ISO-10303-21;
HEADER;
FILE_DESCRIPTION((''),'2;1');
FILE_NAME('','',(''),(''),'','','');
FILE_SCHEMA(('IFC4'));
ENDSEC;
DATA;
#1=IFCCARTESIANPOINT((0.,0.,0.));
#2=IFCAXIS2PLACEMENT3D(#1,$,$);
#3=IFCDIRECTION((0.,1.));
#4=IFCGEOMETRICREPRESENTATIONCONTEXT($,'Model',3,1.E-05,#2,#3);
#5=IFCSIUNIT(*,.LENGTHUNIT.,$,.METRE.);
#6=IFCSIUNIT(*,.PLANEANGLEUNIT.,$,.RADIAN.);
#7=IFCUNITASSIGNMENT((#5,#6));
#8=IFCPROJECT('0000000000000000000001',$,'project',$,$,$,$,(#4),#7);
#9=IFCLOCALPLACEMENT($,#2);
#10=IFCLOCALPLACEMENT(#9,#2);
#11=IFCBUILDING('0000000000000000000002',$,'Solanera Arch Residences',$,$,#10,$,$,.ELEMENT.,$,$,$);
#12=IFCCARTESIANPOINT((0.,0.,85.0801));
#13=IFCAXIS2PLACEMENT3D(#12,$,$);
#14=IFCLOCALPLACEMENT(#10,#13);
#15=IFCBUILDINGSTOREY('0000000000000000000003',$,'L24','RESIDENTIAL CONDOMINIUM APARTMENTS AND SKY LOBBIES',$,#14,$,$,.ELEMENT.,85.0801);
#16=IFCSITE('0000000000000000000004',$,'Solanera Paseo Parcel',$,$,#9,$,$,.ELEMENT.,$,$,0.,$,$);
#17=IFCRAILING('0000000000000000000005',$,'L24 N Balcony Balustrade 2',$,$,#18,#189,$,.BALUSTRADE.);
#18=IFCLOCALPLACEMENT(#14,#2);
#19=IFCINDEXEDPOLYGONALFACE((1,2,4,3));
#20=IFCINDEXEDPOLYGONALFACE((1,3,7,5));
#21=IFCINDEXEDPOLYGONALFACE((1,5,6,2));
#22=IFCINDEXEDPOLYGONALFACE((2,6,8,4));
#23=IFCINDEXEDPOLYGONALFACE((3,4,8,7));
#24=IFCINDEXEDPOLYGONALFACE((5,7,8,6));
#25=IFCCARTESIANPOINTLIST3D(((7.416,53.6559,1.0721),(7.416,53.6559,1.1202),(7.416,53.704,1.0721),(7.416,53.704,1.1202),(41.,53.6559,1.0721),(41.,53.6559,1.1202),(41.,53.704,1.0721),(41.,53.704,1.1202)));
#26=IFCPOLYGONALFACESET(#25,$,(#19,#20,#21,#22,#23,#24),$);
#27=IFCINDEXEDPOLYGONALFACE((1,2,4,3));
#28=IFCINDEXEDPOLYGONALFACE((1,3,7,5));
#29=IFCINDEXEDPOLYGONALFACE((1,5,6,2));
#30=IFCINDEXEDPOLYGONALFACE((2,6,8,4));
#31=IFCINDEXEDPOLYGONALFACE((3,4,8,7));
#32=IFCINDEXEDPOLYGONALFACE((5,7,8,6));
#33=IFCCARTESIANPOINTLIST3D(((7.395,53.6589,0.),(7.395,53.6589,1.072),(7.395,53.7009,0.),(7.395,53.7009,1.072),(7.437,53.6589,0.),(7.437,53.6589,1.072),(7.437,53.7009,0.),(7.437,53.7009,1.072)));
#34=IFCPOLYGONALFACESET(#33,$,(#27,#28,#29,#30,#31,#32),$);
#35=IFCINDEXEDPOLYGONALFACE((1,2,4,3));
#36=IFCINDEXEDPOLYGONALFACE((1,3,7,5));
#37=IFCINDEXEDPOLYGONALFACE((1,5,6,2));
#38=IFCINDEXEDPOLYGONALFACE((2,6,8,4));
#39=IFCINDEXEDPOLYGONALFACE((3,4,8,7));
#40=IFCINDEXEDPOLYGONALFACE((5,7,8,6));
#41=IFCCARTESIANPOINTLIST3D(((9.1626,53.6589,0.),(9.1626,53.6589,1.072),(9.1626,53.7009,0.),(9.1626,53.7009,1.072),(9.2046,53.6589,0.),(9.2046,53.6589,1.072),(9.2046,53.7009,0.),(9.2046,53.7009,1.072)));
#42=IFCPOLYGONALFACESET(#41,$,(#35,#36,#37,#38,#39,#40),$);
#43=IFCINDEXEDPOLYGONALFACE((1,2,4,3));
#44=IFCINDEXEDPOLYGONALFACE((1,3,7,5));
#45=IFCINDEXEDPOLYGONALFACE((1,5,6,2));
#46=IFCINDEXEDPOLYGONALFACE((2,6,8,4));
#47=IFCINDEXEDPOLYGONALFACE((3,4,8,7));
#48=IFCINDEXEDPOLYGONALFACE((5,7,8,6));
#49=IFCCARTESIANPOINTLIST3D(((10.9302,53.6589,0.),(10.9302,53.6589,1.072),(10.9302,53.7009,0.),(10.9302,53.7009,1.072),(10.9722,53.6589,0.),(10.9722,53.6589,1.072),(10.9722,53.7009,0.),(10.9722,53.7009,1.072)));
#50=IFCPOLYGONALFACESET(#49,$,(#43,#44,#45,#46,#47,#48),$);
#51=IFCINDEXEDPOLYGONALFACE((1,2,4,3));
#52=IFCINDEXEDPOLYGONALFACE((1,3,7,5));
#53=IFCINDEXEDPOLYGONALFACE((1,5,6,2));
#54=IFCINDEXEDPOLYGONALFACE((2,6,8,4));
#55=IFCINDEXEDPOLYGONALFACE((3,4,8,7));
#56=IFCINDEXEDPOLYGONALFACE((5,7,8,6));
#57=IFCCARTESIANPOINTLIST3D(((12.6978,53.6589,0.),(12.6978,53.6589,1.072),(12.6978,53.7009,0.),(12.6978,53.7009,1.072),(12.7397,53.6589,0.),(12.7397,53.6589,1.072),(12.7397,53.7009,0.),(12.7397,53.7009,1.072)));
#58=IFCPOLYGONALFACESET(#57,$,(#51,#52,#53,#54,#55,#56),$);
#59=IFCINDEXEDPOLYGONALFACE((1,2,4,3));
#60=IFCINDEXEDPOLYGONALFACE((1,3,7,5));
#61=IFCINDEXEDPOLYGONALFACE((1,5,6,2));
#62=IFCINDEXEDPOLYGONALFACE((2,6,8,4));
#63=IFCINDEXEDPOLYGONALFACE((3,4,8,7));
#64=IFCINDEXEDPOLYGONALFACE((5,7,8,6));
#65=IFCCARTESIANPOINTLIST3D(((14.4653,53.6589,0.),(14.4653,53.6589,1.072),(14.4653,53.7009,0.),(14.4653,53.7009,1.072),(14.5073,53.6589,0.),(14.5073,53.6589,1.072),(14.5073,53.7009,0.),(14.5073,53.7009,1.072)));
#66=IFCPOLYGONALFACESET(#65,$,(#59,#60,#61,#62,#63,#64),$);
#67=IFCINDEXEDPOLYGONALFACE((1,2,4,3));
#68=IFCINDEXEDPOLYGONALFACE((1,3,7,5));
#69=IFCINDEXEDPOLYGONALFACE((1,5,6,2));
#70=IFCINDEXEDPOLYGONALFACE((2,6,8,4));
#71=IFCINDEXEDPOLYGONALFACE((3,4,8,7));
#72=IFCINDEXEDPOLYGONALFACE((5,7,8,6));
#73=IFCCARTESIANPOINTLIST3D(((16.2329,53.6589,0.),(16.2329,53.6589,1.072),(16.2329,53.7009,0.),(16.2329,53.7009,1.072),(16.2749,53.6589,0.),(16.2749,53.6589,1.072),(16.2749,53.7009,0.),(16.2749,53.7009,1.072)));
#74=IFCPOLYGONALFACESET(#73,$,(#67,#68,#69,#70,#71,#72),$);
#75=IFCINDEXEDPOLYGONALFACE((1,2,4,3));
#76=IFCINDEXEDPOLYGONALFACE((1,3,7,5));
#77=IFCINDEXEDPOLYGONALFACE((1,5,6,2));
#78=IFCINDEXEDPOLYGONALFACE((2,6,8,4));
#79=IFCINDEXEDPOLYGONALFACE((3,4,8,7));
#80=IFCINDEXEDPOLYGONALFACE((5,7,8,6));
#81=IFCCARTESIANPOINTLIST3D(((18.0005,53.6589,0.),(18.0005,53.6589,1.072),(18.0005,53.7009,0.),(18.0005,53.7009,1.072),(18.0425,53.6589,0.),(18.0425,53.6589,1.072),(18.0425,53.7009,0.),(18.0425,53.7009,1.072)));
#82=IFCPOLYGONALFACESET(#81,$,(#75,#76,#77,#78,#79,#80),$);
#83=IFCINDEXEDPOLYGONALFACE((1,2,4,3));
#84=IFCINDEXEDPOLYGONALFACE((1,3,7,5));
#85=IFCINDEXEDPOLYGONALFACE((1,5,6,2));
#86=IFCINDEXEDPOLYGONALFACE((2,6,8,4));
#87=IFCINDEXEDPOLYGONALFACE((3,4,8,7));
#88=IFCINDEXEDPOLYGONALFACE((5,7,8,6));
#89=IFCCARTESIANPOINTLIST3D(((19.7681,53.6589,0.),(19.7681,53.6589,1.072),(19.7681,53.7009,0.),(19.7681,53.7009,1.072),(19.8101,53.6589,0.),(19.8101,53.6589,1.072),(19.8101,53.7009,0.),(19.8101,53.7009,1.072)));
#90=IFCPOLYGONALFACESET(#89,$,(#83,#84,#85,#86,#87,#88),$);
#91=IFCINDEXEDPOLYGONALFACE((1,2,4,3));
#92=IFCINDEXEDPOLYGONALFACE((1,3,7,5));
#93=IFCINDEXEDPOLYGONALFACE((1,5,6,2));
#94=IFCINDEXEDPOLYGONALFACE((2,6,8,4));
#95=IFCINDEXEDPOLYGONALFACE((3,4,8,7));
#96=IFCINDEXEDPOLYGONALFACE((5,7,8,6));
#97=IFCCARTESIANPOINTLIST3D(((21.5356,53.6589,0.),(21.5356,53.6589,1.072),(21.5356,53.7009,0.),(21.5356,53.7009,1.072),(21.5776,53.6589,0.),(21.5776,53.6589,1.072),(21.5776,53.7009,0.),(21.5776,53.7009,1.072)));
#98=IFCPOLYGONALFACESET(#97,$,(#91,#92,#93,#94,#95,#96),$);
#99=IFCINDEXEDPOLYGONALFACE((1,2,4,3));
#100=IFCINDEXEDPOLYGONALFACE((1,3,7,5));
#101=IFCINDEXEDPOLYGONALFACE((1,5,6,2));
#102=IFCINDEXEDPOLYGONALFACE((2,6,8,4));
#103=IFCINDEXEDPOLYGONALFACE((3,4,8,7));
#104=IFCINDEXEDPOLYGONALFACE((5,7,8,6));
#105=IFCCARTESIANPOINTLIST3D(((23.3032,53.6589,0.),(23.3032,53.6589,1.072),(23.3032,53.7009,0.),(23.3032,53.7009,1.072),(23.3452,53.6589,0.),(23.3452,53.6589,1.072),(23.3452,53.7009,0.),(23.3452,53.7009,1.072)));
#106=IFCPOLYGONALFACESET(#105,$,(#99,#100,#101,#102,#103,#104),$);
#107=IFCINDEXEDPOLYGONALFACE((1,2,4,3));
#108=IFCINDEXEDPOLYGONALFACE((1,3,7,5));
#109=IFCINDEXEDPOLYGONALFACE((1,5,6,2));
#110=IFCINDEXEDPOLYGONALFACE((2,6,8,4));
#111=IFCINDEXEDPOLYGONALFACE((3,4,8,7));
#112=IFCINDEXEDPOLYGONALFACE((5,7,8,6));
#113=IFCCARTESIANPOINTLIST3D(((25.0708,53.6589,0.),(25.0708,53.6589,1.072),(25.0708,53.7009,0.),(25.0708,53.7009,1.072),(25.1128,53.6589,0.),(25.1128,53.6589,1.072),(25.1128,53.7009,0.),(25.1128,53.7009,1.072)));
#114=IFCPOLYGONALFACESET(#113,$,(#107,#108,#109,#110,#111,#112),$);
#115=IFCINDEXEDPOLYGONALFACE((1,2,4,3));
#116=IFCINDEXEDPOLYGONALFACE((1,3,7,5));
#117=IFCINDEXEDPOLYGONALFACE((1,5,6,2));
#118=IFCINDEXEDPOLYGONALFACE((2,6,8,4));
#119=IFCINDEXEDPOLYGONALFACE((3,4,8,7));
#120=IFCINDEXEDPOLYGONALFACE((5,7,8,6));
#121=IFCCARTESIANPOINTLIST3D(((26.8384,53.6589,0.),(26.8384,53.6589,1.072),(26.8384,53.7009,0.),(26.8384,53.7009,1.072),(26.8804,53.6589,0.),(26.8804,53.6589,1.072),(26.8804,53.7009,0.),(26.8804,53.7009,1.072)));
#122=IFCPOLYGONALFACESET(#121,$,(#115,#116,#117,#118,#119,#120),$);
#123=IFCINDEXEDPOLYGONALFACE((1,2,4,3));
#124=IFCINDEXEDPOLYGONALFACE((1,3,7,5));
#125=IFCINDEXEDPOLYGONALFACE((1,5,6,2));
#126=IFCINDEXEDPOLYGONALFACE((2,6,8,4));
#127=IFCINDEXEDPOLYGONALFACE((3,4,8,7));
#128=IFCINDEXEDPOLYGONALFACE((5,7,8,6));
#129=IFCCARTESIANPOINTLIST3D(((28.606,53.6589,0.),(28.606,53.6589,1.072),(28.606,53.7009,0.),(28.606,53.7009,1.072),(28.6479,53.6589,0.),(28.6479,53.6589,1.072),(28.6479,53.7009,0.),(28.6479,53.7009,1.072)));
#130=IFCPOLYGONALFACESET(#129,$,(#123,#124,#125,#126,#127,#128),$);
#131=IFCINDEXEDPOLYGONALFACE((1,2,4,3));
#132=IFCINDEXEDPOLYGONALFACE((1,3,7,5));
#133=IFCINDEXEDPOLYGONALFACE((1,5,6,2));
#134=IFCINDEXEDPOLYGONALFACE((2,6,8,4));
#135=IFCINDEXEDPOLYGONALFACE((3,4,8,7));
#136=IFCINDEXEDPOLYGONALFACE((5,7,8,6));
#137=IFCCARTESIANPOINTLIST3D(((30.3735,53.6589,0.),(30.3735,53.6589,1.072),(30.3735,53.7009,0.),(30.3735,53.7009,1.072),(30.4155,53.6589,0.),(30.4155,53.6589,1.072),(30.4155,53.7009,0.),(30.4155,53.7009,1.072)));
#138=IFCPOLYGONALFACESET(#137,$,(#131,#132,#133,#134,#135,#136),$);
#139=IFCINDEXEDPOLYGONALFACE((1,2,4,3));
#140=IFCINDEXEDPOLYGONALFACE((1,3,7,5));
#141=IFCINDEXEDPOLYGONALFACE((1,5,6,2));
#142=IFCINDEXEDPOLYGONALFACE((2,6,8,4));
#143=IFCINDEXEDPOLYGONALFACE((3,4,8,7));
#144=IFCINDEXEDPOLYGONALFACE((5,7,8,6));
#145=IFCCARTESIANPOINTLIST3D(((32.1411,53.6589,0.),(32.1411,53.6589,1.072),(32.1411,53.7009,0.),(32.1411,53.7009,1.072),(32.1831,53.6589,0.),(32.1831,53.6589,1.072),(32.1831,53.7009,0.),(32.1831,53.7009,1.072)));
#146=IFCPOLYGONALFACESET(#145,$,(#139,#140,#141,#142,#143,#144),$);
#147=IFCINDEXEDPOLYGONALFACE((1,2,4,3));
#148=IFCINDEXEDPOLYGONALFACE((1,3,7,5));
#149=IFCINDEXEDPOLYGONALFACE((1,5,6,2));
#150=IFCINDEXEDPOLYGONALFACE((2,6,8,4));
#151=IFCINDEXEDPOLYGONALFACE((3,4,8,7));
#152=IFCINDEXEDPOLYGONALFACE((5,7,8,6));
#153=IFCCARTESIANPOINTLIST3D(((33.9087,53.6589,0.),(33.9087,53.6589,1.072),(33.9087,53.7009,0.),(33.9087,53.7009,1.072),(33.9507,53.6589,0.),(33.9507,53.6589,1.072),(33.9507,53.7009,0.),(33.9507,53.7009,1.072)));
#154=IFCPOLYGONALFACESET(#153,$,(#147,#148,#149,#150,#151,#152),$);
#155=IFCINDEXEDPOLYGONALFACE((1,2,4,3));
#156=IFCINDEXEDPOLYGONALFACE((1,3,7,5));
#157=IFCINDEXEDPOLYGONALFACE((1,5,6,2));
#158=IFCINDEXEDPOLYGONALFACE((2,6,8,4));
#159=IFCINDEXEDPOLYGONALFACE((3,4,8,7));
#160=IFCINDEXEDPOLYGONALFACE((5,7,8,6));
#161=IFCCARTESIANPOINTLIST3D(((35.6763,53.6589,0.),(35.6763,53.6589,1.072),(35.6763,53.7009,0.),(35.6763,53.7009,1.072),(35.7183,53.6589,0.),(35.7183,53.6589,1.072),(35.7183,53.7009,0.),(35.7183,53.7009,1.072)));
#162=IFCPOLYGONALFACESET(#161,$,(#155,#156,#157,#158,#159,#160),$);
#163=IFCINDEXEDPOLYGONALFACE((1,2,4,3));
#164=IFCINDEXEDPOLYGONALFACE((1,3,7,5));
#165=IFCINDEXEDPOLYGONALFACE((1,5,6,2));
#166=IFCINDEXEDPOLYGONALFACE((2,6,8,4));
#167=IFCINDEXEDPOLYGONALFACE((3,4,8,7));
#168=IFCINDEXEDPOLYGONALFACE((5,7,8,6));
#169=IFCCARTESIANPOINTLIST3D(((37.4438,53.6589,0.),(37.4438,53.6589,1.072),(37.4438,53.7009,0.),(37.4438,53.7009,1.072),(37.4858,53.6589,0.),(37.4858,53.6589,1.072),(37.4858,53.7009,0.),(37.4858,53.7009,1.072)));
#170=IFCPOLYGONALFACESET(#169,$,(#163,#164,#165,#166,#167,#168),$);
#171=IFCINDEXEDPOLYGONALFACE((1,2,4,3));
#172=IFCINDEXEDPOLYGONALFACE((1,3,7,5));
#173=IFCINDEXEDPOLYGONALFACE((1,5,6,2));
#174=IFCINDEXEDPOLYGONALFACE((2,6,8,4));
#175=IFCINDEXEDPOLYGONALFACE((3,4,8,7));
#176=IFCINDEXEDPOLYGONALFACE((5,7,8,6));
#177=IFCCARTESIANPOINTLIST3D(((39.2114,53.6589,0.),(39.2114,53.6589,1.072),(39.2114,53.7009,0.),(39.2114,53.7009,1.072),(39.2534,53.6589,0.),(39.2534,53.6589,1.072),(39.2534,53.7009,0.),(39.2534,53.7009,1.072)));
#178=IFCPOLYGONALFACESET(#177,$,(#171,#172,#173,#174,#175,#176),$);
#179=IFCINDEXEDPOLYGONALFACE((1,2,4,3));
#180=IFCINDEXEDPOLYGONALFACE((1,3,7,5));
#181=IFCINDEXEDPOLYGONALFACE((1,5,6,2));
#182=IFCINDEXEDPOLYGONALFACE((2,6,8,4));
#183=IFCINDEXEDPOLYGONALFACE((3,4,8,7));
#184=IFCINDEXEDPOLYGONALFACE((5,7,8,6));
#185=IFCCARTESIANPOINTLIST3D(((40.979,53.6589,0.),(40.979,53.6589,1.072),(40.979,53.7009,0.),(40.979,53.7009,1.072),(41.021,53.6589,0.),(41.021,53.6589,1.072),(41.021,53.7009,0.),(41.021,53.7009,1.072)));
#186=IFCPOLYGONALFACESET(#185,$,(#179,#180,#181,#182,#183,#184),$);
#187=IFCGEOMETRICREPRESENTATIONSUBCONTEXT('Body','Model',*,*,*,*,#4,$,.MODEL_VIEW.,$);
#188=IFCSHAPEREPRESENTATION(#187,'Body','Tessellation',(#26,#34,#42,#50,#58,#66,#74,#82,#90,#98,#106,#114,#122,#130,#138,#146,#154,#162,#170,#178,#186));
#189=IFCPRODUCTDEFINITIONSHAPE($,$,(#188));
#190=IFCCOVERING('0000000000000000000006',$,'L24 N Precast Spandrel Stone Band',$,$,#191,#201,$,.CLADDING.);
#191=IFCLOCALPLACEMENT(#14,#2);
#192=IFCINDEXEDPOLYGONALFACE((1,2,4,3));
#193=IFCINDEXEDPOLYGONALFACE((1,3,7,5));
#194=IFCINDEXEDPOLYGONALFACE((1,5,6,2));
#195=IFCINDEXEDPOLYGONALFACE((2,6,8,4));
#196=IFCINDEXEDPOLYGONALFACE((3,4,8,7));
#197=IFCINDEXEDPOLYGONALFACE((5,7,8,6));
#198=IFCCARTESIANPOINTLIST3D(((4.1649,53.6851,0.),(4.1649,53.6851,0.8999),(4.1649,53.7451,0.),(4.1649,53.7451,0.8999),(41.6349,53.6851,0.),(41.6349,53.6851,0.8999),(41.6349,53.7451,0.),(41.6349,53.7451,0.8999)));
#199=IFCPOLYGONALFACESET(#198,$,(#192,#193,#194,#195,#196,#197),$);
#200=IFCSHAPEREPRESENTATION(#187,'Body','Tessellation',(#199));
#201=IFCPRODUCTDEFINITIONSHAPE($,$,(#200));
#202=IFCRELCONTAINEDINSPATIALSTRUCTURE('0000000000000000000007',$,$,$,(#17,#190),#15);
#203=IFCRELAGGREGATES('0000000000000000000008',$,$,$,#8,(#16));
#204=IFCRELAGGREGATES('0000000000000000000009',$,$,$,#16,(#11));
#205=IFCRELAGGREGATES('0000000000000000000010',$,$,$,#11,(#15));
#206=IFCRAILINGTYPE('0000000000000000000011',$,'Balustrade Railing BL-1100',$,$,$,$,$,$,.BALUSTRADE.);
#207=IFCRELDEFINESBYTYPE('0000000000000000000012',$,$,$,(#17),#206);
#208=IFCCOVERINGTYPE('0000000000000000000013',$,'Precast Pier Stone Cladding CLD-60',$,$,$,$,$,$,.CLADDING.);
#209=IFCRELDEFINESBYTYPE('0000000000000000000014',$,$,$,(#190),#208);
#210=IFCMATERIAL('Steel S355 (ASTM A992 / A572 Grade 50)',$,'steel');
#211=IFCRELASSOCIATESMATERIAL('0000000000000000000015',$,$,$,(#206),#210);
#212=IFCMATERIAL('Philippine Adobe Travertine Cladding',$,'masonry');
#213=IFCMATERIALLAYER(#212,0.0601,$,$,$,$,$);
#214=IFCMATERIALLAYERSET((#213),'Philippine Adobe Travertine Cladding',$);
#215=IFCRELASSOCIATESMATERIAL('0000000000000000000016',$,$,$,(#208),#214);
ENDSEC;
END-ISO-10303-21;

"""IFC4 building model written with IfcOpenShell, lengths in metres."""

from ifc_helpers import new_model, si_unit, direction, frame, frame_2d, origin, origin_2d, place, context, subcontext, project, spatial, rectangle, extrude, material, layer, layer_set, type_object, element, save


model = new_model("IFC4")

# Units and contexts
model_context = context("Model", 3, precision=1e-05, world=origin(), true_north=direction((0.0, 1.0)))
body_context = subcontext(model_context, "Body", "Model", "MODEL_VIEW")
ifc_project = project(units=[si_unit("LENGTHUNIT", "METRE"), si_unit("PLANEANGLEUNIT", "RADIAN")], contexts=[model_context])

# Site, building, storey
site_placement = place(None, origin())
site = spatial("IfcSite", under=ifc_project, at=site_placement, Name="Solanera Paseo Parcel", CompositionType="ELEMENT", RefElevation=0.0)
building_placement = place(site_placement, origin())
building = spatial("IfcBuilding", under=site, at=building_placement, Name="Solanera Arch Residences", CompositionType="ELEMENT")
storey_placement = place(building_placement, frame((0.0, 0.0, 85.0801)))
storey = spatial("IfcBuildingStorey", under=building, at=storey_placement, Name="L24", Description="RESIDENTIAL CONDOMINIUM APARTMENTS AND SKY LOBBIES", CompositionType="ELEMENT", Elevation=85.0801)

# Railing
ifc_material_1 = material(Name="Steel S355 (ASTM A992 / A572 Grade 50)", Category="steel")
railing_type = type_object("IfcRailingType", Name="Balustrade Railing BL-1100", PredefinedType="BALUSTRADE", material=ifc_material_1)
railing_placement = place(storey_placement, frame((7.416, 53.6799, 0.0)))
element("IfcRailing", 1, at=railing_placement, inside=storey, type_object=railing_type, Name="L24 N Balcony Balustrade 2", PredefinedType="BALUSTRADE", context=body_context, shape_type="SweptSolid", body=[
    extrude(rectangle(XDim=0.0481, YDim=0.0481, at=origin_2d()), frame((0.0, 0.0, 1.0962), z_axis=(1.0, 0.0, 0.0), x_axis=(0.0, 1.0, 0.0)), (0.0, 0.0, 1.0), 33.584),
    extrude(rectangle(XDim=0.042, YDim=0.042, at=origin_2d()), origin(), (0.0, 0.0, 1.0), 1.072),
    extrude(rectangle(XDim=0.042, YDim=0.042, at=origin_2d()), frame((1.7676, 0.0, 0.0)), (0.0, 0.0, 1.0), 1.072),
    extrude(rectangle(XDim=0.042, YDim=0.042, at=origin_2d()), frame((3.5352, 0.0, 0.0)), (0.0, 0.0, 1.0), 1.072),
    extrude(rectangle(XDim=0.042, YDim=0.042, at=origin_2d()), frame((5.3027, 0.0, 0.0)), (0.0, 0.0, 1.0), 1.072),
    extrude(rectangle(XDim=0.042, YDim=0.042, at=origin_2d()), frame((7.0703, 0.0, 0.0)), (0.0, 0.0, 1.0), 1.072),
    extrude(rectangle(XDim=0.042, YDim=0.042, at=origin_2d()), frame((8.8379, 0.0, 0.0)), (0.0, 0.0, 1.0), 1.072),
    extrude(rectangle(XDim=0.042, YDim=0.042, at=origin_2d()), frame((10.6055, 0.0, 0.0)), (0.0, 0.0, 1.0), 1.072),
    extrude(rectangle(XDim=0.042, YDim=0.042, at=origin_2d()), frame((12.373, 0.0, 0.0)), (0.0, 0.0, 1.0), 1.072),
    extrude(rectangle(XDim=0.042, YDim=0.042, at=origin_2d()), frame((14.1406, 0.0, 0.0)), (0.0, 0.0, 1.0), 1.072),
    extrude(rectangle(XDim=0.042, YDim=0.042, at=origin_2d()), frame((15.9082, 0.0, 0.0)), (0.0, 0.0, 1.0), 1.072),
    extrude(rectangle(XDim=0.042, YDim=0.042, at=origin_2d()), frame((17.6758, 0.0, 0.0)), (0.0, 0.0, 1.0), 1.072),
    extrude(rectangle(XDim=0.042, YDim=0.042, at=origin_2d()), frame((19.4434, 0.0, 0.0)), (0.0, 0.0, 1.0), 1.072),
    extrude(rectangle(XDim=0.042, YDim=0.042, at=origin_2d()), frame((21.2109, 0.0, 0.0)), (0.0, 0.0, 1.0), 1.072),
    extrude(rectangle(XDim=0.042, YDim=0.042, at=origin_2d()), frame((22.9785, 0.0, 0.0)), (0.0, 0.0, 1.0), 1.072),
    extrude(rectangle(XDim=0.042, YDim=0.042, at=origin_2d()), frame((24.7461, 0.0, 0.0)), (0.0, 0.0, 1.0), 1.072),
    extrude(rectangle(XDim=0.042, YDim=0.042, at=origin_2d()), frame((26.5137, 0.0, 0.0)), (0.0, 0.0, 1.0), 1.072),
    extrude(rectangle(XDim=0.042, YDim=0.042, at=origin_2d()), frame((28.2812, 0.0, 0.0)), (0.0, 0.0, 1.0), 1.072),
    extrude(rectangle(XDim=0.042, YDim=0.042, at=origin_2d()), frame((30.0488, 0.0, 0.0)), (0.0, 0.0, 1.0), 1.072),
    extrude(rectangle(XDim=0.042, YDim=0.042, at=origin_2d()), frame((31.8164, 0.0, 0.0)), (0.0, 0.0, 1.0), 1.072),
    extrude(rectangle(XDim=0.042, YDim=0.042, at=origin_2d()), frame((33.584, 0.0, 0.0)), (0.0, 0.0, 1.0), 1.072),
])

# Covering
ifc_material_2 = material(Name="Philippine Adobe Travertine Cladding", Category="masonry")
ifc_layer_1 = layer(ifc_material_2, 0.0601)
ifc_layer_set_1 = layer_set([ifc_layer_1], Name="Philippine Adobe Travertine Cladding")
covering_type = type_object("IfcCoveringType", Name="Precast Pier Stone Cladding CLD-60", PredefinedType="CLADDING", material=ifc_layer_set_1)
covering_placement = place(storey_placement, frame((4.165, 53.7151, 0.0), z_axis=(0.0, 0.0, 1.0), x_axis=(1.0, 0.0, 0.0)))
element("IfcCovering", 2, at=covering_placement, inside=storey, type_object=covering_type, Name="L24 N Precast Spandrel Stone Band", PredefinedType="CLADDING", context=body_context, shape_type="SweptSolid", body=[
    extrude(rectangle(XDim=37.47, YDim=0.0601, at=frame_2d((18.7349, 0.0))), origin(), (0.0, 0.0, 1.0), 0.8999),
])

save(model, "model.ifc")
